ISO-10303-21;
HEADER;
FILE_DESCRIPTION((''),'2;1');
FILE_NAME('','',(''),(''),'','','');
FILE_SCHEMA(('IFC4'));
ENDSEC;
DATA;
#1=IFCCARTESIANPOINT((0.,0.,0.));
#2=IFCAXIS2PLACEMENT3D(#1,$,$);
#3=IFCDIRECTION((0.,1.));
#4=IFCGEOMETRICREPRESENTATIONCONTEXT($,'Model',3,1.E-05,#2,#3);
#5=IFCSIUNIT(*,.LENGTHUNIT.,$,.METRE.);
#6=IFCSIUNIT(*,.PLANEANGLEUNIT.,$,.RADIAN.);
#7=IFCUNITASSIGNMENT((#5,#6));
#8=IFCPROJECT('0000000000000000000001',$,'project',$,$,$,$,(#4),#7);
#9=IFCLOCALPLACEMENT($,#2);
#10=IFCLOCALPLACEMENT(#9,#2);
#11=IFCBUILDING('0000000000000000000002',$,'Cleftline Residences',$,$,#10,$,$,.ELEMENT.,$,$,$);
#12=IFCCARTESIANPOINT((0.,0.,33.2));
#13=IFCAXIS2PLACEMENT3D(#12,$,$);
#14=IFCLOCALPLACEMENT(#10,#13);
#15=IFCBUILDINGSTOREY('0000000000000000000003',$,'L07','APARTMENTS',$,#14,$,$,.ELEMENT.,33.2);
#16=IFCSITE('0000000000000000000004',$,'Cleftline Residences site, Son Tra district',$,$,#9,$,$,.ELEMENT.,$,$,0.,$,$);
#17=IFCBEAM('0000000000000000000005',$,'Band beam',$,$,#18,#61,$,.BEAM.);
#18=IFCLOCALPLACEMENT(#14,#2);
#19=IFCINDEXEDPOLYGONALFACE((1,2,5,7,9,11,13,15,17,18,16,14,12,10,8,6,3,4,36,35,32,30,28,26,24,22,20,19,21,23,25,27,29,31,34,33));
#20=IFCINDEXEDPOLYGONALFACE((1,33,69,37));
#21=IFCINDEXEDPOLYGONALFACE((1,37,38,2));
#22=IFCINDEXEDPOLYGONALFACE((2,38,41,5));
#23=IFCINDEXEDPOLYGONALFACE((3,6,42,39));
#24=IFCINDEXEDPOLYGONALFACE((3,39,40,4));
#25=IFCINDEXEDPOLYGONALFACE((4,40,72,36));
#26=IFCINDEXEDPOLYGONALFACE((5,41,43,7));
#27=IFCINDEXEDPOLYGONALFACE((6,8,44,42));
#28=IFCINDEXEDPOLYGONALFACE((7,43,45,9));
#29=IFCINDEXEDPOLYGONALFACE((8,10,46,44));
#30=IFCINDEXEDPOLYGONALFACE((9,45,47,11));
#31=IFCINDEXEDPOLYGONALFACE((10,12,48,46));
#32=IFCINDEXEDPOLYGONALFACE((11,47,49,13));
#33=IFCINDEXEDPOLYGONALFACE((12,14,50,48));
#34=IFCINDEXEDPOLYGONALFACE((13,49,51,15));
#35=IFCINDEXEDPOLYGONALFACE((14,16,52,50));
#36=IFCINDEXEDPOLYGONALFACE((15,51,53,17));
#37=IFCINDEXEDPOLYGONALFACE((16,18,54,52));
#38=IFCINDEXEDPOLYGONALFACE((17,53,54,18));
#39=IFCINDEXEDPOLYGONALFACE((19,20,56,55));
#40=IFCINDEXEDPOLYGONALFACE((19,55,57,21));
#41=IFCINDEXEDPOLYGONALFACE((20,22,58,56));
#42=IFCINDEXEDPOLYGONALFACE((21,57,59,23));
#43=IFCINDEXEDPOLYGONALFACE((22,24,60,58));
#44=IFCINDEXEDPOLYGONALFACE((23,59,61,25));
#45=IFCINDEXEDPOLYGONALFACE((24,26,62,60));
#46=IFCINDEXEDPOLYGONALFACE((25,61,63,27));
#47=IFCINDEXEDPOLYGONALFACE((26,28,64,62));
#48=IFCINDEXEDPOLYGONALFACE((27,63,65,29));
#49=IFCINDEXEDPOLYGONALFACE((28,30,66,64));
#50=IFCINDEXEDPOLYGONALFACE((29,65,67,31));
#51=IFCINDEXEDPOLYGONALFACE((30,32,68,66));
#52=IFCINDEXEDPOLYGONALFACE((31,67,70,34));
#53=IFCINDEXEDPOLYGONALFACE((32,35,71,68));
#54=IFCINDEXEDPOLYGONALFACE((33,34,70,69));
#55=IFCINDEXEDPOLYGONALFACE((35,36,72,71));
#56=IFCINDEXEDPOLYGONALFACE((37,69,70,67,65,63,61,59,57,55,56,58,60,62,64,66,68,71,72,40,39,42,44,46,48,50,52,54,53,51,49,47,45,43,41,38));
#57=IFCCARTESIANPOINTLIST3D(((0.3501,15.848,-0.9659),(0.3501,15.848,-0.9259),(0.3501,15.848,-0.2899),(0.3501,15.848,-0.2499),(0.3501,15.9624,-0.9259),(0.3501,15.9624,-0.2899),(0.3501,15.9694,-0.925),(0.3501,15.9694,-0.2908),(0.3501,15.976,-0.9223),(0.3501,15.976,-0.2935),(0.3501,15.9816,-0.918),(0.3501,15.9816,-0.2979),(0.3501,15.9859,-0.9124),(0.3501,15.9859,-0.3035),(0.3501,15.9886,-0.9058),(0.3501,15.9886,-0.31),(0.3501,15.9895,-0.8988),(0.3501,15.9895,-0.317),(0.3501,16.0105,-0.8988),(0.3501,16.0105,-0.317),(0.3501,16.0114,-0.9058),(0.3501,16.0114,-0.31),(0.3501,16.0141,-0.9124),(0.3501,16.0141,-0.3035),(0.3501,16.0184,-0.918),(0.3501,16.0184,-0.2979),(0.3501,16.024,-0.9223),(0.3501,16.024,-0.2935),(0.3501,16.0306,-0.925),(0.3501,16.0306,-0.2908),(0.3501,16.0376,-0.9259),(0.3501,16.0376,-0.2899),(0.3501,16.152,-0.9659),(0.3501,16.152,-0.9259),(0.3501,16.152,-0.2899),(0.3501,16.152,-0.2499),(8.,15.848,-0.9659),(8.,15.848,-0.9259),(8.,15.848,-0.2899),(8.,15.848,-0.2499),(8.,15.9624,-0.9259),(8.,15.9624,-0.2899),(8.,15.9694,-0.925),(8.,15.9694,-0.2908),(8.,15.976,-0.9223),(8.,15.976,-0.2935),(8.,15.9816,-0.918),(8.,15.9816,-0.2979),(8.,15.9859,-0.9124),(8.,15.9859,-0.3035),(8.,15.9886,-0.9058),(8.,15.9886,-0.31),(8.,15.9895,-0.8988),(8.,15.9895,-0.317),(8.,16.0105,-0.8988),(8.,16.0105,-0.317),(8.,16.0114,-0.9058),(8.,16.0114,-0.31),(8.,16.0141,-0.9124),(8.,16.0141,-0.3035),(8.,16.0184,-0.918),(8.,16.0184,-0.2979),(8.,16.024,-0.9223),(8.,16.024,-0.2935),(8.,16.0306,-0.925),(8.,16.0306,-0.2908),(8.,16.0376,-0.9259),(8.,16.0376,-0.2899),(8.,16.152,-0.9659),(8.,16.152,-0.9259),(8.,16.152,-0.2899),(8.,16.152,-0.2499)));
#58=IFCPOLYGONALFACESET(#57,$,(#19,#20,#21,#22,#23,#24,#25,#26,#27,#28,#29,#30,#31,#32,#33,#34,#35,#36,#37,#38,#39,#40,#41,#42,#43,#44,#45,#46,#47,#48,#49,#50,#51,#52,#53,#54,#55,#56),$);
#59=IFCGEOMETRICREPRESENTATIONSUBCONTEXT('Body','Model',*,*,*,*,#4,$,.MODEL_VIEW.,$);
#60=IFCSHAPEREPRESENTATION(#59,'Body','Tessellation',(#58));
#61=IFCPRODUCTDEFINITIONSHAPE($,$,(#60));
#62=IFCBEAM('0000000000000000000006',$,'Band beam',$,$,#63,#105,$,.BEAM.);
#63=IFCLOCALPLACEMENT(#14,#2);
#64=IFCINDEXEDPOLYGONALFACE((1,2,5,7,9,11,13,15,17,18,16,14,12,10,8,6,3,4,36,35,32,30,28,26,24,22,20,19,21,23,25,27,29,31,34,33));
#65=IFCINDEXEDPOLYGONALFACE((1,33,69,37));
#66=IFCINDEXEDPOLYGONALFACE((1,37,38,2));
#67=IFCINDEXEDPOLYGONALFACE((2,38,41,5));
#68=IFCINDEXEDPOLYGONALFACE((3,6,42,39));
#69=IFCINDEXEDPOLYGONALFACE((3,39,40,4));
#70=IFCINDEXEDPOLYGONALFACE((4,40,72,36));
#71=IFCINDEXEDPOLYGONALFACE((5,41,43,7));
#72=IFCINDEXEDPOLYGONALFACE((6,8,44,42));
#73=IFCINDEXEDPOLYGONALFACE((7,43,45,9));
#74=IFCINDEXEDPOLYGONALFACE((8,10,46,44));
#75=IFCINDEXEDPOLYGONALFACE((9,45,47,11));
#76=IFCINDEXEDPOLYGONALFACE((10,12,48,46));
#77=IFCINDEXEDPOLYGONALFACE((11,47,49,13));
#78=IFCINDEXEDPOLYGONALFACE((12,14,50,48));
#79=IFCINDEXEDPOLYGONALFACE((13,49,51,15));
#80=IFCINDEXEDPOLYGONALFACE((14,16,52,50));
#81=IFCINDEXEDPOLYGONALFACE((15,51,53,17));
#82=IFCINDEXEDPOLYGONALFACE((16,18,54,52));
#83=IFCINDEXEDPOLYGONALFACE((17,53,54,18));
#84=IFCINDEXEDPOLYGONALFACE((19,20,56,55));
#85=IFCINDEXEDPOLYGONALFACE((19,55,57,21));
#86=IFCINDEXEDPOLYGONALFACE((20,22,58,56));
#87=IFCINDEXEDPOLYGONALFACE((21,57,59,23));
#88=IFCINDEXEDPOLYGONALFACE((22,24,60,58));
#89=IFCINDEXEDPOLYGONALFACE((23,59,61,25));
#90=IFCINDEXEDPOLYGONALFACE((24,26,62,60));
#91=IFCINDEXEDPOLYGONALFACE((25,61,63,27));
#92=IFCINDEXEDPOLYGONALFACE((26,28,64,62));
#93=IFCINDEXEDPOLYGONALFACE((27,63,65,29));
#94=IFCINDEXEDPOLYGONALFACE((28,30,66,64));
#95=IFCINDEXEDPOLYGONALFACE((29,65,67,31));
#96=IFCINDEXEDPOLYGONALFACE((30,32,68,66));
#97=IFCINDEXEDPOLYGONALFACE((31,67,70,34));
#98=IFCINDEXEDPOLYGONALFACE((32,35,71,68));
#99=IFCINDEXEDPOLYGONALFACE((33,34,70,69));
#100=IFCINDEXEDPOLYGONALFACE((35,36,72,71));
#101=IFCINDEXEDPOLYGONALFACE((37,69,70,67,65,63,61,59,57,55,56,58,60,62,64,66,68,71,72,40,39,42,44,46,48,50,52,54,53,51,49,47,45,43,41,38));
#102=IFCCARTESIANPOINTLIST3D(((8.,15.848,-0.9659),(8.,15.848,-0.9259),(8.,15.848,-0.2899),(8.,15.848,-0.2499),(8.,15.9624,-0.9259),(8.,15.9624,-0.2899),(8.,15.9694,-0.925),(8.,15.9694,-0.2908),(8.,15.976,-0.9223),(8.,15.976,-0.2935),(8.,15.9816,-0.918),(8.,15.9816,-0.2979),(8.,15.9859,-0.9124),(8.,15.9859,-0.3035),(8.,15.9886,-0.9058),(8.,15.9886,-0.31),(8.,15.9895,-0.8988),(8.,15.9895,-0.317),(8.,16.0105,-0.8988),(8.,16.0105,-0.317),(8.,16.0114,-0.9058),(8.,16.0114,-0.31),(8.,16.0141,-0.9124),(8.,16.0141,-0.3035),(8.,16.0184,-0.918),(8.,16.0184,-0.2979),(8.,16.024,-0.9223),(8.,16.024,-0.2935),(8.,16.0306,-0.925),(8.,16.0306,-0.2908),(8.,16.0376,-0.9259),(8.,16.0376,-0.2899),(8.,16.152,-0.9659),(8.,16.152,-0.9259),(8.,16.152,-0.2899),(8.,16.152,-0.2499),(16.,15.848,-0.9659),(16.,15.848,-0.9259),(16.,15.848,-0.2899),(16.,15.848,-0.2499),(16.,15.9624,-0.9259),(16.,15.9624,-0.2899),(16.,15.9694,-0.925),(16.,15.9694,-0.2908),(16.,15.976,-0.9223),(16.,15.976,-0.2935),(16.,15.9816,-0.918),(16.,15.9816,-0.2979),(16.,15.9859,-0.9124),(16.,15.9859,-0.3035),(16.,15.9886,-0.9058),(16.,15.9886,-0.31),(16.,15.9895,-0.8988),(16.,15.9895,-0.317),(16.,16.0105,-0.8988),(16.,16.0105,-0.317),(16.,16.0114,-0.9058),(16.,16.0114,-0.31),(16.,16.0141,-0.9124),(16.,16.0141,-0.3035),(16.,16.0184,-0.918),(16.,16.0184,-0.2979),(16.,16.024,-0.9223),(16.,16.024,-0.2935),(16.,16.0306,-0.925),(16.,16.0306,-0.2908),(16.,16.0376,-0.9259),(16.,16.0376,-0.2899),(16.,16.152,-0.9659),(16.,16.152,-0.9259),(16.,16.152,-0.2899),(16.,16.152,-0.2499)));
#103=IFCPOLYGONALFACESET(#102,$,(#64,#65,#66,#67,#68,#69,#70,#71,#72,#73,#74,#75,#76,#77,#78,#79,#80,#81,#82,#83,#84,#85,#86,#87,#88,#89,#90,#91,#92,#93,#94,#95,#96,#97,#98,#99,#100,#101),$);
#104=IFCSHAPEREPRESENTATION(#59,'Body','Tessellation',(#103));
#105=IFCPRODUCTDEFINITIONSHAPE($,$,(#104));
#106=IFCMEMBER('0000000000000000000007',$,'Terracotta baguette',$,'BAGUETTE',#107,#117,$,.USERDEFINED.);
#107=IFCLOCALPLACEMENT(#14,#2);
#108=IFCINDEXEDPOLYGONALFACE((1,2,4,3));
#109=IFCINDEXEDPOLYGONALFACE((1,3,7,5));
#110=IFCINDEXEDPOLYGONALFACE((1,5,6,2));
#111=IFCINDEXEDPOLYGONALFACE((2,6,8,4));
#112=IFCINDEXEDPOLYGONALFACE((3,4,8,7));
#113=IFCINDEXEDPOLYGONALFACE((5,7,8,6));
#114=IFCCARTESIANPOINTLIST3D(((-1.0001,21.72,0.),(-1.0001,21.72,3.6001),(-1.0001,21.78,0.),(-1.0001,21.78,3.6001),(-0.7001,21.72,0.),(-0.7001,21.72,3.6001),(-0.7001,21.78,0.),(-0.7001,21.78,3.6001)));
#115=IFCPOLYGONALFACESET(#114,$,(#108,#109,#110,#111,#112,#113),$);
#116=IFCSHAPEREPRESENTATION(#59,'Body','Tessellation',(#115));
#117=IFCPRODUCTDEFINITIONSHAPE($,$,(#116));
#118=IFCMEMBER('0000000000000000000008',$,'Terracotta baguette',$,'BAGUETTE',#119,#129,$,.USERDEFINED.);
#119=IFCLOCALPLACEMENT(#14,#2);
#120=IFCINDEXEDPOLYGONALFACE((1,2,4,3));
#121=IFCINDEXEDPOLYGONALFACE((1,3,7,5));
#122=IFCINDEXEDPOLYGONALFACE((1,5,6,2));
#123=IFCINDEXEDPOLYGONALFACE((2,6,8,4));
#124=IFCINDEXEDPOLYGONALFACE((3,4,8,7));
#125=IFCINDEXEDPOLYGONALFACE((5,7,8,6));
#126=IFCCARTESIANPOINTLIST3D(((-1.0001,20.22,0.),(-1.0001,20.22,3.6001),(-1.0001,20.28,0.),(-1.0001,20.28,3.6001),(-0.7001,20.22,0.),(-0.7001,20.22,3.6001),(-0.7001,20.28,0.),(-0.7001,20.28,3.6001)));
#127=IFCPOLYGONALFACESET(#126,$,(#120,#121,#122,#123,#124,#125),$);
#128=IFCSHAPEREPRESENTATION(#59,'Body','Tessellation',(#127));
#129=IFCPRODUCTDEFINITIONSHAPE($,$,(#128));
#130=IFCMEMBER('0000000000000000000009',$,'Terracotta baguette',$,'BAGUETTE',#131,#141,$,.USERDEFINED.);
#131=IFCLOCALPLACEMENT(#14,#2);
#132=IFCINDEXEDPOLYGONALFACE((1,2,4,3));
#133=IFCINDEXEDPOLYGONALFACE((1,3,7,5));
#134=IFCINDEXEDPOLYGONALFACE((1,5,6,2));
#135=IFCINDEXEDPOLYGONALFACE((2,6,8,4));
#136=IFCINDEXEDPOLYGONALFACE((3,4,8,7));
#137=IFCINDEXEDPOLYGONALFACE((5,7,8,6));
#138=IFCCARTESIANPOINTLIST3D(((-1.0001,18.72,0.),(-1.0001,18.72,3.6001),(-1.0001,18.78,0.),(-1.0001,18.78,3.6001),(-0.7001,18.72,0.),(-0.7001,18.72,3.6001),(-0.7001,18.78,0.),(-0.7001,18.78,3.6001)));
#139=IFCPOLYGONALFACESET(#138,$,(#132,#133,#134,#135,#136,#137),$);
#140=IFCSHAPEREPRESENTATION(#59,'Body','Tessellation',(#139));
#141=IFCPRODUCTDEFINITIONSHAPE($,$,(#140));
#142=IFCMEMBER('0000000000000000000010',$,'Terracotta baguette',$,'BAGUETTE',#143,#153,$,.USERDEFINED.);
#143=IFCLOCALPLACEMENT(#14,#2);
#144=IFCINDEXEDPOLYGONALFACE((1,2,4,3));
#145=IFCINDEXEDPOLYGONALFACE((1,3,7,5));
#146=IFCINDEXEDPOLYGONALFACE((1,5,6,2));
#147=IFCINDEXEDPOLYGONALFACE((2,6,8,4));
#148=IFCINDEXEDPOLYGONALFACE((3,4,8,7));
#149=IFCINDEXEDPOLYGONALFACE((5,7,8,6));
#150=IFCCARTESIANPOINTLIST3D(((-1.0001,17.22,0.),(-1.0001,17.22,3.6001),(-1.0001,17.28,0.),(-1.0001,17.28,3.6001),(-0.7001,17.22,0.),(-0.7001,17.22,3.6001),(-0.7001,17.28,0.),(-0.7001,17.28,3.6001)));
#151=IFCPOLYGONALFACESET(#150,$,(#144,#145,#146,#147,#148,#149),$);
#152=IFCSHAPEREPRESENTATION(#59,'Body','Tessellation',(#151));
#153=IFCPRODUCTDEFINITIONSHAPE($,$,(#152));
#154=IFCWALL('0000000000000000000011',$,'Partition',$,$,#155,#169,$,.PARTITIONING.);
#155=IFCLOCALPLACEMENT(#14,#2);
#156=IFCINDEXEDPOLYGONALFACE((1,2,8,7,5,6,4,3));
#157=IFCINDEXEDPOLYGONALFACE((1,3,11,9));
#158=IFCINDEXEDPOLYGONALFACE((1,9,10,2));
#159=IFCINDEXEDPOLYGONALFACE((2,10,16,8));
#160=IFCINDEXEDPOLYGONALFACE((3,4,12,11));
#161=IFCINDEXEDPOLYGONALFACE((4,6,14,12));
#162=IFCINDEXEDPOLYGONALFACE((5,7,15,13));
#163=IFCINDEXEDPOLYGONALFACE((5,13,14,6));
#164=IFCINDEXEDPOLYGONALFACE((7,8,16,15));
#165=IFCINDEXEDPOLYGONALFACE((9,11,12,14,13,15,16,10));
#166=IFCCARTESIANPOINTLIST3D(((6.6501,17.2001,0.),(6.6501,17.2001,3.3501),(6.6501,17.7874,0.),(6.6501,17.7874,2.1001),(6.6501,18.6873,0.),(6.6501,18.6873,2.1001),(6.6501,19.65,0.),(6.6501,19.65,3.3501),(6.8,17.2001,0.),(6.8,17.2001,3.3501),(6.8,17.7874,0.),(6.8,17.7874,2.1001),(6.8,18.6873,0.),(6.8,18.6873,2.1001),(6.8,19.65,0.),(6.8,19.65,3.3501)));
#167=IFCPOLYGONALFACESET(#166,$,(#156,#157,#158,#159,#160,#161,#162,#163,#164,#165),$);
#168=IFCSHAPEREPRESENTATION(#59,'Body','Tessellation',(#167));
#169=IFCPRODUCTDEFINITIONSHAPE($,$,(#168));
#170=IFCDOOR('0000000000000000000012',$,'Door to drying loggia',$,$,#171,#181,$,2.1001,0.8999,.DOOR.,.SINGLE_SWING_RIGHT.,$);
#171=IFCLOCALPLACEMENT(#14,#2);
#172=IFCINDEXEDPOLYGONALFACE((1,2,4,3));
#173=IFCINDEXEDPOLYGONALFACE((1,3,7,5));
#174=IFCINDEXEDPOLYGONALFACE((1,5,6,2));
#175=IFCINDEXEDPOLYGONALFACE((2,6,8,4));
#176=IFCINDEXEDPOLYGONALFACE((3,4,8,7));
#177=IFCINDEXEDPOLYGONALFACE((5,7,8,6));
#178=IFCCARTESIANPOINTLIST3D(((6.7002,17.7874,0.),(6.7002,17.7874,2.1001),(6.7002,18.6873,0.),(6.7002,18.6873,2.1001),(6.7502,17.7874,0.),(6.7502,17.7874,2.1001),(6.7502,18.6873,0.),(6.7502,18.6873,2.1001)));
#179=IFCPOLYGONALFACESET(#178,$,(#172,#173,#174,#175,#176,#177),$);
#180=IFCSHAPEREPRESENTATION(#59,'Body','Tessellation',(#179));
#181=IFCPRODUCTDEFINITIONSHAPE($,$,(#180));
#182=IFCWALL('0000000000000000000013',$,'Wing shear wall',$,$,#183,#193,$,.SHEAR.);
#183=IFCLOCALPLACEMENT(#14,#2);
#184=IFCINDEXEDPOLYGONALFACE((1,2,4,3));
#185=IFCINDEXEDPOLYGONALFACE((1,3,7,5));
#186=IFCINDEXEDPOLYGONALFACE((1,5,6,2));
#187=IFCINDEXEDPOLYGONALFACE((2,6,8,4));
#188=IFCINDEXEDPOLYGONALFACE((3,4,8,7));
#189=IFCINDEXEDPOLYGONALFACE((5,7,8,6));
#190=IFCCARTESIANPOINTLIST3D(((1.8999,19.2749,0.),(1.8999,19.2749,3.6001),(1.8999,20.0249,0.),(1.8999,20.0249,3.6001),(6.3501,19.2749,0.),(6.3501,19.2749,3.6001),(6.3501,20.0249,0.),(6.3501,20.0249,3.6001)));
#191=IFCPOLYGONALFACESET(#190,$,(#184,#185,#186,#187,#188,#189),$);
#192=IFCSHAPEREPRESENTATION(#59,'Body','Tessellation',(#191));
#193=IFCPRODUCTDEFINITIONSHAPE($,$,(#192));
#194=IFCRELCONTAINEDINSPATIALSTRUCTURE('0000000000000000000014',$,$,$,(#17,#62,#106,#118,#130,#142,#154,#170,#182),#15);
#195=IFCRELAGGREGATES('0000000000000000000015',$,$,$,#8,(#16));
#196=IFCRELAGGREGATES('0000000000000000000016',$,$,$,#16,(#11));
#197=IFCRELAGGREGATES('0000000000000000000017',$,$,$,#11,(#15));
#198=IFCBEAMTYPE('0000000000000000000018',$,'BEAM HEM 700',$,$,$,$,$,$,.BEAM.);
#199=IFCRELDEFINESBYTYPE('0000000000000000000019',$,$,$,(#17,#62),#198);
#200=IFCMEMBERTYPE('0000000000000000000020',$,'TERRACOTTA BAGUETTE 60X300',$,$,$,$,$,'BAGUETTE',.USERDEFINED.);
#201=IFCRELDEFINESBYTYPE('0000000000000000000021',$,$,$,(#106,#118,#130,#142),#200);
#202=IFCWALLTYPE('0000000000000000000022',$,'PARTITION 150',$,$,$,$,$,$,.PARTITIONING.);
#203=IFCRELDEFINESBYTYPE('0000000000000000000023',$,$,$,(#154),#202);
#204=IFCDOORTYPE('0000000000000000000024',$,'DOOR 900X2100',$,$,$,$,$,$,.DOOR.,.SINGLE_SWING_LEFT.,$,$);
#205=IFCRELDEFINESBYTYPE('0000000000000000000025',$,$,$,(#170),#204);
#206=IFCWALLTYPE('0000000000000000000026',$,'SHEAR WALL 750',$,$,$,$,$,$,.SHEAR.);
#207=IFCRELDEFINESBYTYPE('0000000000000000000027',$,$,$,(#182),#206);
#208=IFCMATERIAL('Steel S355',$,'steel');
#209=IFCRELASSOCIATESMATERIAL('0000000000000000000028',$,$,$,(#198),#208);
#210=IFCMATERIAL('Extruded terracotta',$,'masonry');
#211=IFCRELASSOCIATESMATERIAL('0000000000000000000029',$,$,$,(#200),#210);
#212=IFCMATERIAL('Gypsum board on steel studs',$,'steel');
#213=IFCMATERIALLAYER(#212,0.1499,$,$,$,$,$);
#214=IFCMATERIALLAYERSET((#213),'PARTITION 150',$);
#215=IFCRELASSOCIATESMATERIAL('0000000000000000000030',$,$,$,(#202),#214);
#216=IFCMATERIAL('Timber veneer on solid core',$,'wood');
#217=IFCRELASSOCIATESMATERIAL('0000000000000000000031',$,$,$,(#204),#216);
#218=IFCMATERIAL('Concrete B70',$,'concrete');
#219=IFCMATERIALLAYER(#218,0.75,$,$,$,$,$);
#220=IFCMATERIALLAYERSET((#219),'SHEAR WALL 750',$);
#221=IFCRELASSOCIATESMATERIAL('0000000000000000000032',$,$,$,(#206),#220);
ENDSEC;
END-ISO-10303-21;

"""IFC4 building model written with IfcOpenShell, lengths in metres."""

from ifc_helpers import new_model, si_unit, direction, frame, frame_2d, origin, origin_2d, place, context, subcontext, project, spatial, rectangle, i_section, extrude, material, layer, layer_set, material_profile, profile_set, type_object, element, fill, save


model = new_model("IFC4")

# Units and contexts
model_context = context("Model", 3, precision=1e-05, world=origin(), true_north=direction((0.0, 1.0)))
body_context = subcontext(model_context, "Body", "Model", "MODEL_VIEW")
ifc_project = project(units=[si_unit("LENGTHUNIT", "METRE"), si_unit("PLANEANGLEUNIT", "RADIAN")], contexts=[model_context])

# Site, building, storey
site_placement = place(None, origin())
site = spatial("IfcSite", under=ifc_project, at=site_placement, Name="Cleftline Residences site, Son Tra district", CompositionType="ELEMENT", RefElevation=0.0)
building_placement = place(site_placement, origin())
building = spatial("IfcBuilding", under=site, at=building_placement, Name="Cleftline Residences", CompositionType="ELEMENT")
storey_placement = place(building_placement, frame((0.0, 0.0, 33.2)))
storey = spatial("IfcBuildingStorey", under=building, at=storey_placement, Name="L07", Description="APARTMENTS", CompositionType="ELEMENT", Elevation=33.2)

# Beams
ifc_material_1 = material(Name="Steel S355", Category="steel")
ifc_material_profile_1 = material_profile(ifc_material_1, i_section(OverallWidth=0.304, OverallDepth=0.7161, WebThickness=0.021, FlangeThickness=0.04, FilletRadius=0.0271, at=origin_2d()))
ifc_profile_set_1 = profile_set([ifc_material_profile_1], Name="Steel S355")
beam_type_1 = type_object("IfcBeamType", Name="BEAM HEM 700", PredefinedType="BEAM", material=ifc_profile_set_1)
beam_1_placement = place(storey_placement, frame((0.3501, 16.0, -0.6079), z_axis=(1.0, 0.0, 0.0), x_axis=(0.0, 1.0, 0.0)))
element("IfcBeam", 1, at=beam_1_placement, inside=storey, type_object=beam_type_1, Name="Band beam", PredefinedType="BEAM", context=body_context, shape_type="SweptSolid", body=[
    extrude(i_section(OverallWidth=0.304, OverallDepth=0.7161, WebThickness=0.021, FlangeThickness=0.04, FilletRadius=0.0271, at=origin_2d()), origin(), (0.0, 0.0, 1.0), 7.6499),
])
beam_2_placement = place(storey_placement, frame((8.0, 16.0, -0.6079), z_axis=(1.0, 0.0, 0.0), x_axis=(0.0, 1.0, 0.0)))
element("IfcBeam", 2, at=beam_2_placement, inside=storey, type_object=beam_type_1, Name="Band beam", PredefinedType="BEAM", context=body_context, shape_type="SweptSolid", body=[
    extrude(i_section(OverallWidth=0.304, OverallDepth=0.7161, WebThickness=0.021, FlangeThickness=0.04, FilletRadius=0.0271, at=origin_2d()), origin(), (0.0, 0.0, 1.0), 8.0),
])

# Members
ifc_material_2 = material(Name="Extruded terracotta", Category="masonry")
ifc_material_profile_2 = material_profile(ifc_material_2, rectangle(XDim=0.0601, YDim=0.3, at=origin_2d()))
ifc_profile_set_2 = profile_set([ifc_material_profile_2], Name="Extruded terracotta")
member_type_1 = type_object("IfcMemberType", Name="TERRACOTTA BAGUETTE 60X300", ElementType="BAGUETTE", PredefinedType="USERDEFINED", material=ifc_profile_set_2)
for number, where, z_axis, x_axis, name in (
    (3, (-0.8501, 21.75, 0.0), (0.0, 0.0, 1.0), (0.0, 1.0, 0.0), "Terracotta baguette"),
    (4, (-0.8501, 20.25, 0.0), (0.0, 0.0, 1.0), (0.0, 1.0, 0.0), "Terracotta baguette"),
    (5, (-0.8501, 18.75, 0.0), (0.0, 0.0, 1.0), (0.0, 1.0, 0.0), "Terracotta baguette"),
    (6, (-0.8501, 17.25, 0.0), (0.0, 0.0, 1.0), (0.0, 1.0, 0.0), "Terracotta baguette"),
):
    element("IfcMember", number, at=place(storey_placement, frame(where, z_axis=z_axis, x_axis=x_axis)), inside=storey, type_object=member_type_1, Name=name, ObjectType="BAGUETTE", PredefinedType="USERDEFINED", context=body_context, shape_type="SweptSolid", body=[
        extrude(rectangle(XDim=0.0601, YDim=0.3, at=origin_2d()), origin(), (0.0, 0.0, 1.0), 3.6001),
    ])

# Wall, opening, door
ifc_material_3 = material(Name="Gypsum board on steel studs", Category="steel")
ifc_layer_1 = layer(ifc_material_3, 0.1499)
ifc_layer_set_1 = layer_set([ifc_layer_1], Name="PARTITION 150")
wall_type_1 = type_object("IfcWallType", Name="PARTITION 150", PredefinedType="PARTITIONING", material=ifc_layer_set_1)
wall_1_placement = place(storey_placement, frame((6.7251, 17.2, 0.0), z_axis=(0.0, 0.0, 1.0), x_axis=(0.0, 1.0, 0.0)))
wall_1 = element("IfcWall", 7, at=wall_1_placement, inside=storey, type_object=wall_type_1, Name="Partition", PredefinedType="PARTITIONING", context=body_context, shape_type="SweptSolid", body=[
    extrude(rectangle(XDim=2.45, YDim=0.1499, at=frame_2d((1.2251, 0.0))), origin(), (0.0, 0.0, 1.0), 3.3501),
])
opening_1_placement = place(wall_1_placement, frame((0.5874, 0.0, 0.0)))
opening_1 = element("IfcOpeningElement", 8, at=opening_1_placement, cuts=wall_1, PredefinedType="OPENING", context=body_context, shape_type="SweptSolid", body=[
    extrude(rectangle(XDim=0.8999, YDim=2.1001, at=frame_2d((0.45, 1.05))), frame((0.0, 0.085, 0.0), z_axis=(0.0, -1.0, 0.0), x_axis=(1.0, 0.0, 0.0)), (0.0, 0.0, 1.0), 0.1699),
])
ifc_material_4 = material(Name="Timber veneer on solid core", Category="wood")
door_type_1 = type_object("IfcDoorType", Name="DOOR 900X2100", OperationType="SINGLE_SWING_LEFT", PredefinedType="DOOR", material=ifc_material_4)
door_1_placement = place(opening_1_placement, origin())
door_1 = element("IfcDoor", 9, at=door_1_placement, inside=storey, type_object=door_type_1, Name="Door to drying loggia", OperationType="SINGLE_SWING_RIGHT", OverallHeight=2.1001, OverallWidth=0.8999, PredefinedType="DOOR", context=body_context, shape_type="SweptSolid", body=[
    extrude(rectangle(XDim=0.8999, YDim=2.1001, at=frame_2d((0.45, 1.05))), frame((0.0, 0.0249, 0.0), z_axis=(0.0, -1.0, 0.0), x_axis=(1.0, 0.0, 0.0)), (0.0, 0.0, 1.0), 0.05),
])
fill(opening_1, door_1)

# Wall
ifc_material_5 = material(Name="Concrete B70", Category="concrete")
ifc_layer_2 = layer(ifc_material_5, 0.75)
ifc_layer_set_2 = layer_set([ifc_layer_2], Name="SHEAR WALL 750")
wall_type_2 = type_object("IfcWallType", Name="SHEAR WALL 750", PredefinedType="SHEAR", material=ifc_layer_set_2)
wall_2_placement = place(storey_placement, frame((1.8999, 19.6499, 0.0), z_axis=(0.0, 0.0, 1.0), x_axis=(1.0, 0.0, 0.0)))
element("IfcWall", 10, at=wall_2_placement, inside=storey, type_object=wall_type_2, Name="Wing shear wall", PredefinedType="SHEAR", context=body_context, shape_type="SweptSolid", body=[
    extrude(rectangle(XDim=4.4502, YDim=0.75, at=frame_2d((2.2251, 0.0))), origin(), (0.0, 0.0, 1.0), 3.6001),
])

save(model, "model.ifc")
